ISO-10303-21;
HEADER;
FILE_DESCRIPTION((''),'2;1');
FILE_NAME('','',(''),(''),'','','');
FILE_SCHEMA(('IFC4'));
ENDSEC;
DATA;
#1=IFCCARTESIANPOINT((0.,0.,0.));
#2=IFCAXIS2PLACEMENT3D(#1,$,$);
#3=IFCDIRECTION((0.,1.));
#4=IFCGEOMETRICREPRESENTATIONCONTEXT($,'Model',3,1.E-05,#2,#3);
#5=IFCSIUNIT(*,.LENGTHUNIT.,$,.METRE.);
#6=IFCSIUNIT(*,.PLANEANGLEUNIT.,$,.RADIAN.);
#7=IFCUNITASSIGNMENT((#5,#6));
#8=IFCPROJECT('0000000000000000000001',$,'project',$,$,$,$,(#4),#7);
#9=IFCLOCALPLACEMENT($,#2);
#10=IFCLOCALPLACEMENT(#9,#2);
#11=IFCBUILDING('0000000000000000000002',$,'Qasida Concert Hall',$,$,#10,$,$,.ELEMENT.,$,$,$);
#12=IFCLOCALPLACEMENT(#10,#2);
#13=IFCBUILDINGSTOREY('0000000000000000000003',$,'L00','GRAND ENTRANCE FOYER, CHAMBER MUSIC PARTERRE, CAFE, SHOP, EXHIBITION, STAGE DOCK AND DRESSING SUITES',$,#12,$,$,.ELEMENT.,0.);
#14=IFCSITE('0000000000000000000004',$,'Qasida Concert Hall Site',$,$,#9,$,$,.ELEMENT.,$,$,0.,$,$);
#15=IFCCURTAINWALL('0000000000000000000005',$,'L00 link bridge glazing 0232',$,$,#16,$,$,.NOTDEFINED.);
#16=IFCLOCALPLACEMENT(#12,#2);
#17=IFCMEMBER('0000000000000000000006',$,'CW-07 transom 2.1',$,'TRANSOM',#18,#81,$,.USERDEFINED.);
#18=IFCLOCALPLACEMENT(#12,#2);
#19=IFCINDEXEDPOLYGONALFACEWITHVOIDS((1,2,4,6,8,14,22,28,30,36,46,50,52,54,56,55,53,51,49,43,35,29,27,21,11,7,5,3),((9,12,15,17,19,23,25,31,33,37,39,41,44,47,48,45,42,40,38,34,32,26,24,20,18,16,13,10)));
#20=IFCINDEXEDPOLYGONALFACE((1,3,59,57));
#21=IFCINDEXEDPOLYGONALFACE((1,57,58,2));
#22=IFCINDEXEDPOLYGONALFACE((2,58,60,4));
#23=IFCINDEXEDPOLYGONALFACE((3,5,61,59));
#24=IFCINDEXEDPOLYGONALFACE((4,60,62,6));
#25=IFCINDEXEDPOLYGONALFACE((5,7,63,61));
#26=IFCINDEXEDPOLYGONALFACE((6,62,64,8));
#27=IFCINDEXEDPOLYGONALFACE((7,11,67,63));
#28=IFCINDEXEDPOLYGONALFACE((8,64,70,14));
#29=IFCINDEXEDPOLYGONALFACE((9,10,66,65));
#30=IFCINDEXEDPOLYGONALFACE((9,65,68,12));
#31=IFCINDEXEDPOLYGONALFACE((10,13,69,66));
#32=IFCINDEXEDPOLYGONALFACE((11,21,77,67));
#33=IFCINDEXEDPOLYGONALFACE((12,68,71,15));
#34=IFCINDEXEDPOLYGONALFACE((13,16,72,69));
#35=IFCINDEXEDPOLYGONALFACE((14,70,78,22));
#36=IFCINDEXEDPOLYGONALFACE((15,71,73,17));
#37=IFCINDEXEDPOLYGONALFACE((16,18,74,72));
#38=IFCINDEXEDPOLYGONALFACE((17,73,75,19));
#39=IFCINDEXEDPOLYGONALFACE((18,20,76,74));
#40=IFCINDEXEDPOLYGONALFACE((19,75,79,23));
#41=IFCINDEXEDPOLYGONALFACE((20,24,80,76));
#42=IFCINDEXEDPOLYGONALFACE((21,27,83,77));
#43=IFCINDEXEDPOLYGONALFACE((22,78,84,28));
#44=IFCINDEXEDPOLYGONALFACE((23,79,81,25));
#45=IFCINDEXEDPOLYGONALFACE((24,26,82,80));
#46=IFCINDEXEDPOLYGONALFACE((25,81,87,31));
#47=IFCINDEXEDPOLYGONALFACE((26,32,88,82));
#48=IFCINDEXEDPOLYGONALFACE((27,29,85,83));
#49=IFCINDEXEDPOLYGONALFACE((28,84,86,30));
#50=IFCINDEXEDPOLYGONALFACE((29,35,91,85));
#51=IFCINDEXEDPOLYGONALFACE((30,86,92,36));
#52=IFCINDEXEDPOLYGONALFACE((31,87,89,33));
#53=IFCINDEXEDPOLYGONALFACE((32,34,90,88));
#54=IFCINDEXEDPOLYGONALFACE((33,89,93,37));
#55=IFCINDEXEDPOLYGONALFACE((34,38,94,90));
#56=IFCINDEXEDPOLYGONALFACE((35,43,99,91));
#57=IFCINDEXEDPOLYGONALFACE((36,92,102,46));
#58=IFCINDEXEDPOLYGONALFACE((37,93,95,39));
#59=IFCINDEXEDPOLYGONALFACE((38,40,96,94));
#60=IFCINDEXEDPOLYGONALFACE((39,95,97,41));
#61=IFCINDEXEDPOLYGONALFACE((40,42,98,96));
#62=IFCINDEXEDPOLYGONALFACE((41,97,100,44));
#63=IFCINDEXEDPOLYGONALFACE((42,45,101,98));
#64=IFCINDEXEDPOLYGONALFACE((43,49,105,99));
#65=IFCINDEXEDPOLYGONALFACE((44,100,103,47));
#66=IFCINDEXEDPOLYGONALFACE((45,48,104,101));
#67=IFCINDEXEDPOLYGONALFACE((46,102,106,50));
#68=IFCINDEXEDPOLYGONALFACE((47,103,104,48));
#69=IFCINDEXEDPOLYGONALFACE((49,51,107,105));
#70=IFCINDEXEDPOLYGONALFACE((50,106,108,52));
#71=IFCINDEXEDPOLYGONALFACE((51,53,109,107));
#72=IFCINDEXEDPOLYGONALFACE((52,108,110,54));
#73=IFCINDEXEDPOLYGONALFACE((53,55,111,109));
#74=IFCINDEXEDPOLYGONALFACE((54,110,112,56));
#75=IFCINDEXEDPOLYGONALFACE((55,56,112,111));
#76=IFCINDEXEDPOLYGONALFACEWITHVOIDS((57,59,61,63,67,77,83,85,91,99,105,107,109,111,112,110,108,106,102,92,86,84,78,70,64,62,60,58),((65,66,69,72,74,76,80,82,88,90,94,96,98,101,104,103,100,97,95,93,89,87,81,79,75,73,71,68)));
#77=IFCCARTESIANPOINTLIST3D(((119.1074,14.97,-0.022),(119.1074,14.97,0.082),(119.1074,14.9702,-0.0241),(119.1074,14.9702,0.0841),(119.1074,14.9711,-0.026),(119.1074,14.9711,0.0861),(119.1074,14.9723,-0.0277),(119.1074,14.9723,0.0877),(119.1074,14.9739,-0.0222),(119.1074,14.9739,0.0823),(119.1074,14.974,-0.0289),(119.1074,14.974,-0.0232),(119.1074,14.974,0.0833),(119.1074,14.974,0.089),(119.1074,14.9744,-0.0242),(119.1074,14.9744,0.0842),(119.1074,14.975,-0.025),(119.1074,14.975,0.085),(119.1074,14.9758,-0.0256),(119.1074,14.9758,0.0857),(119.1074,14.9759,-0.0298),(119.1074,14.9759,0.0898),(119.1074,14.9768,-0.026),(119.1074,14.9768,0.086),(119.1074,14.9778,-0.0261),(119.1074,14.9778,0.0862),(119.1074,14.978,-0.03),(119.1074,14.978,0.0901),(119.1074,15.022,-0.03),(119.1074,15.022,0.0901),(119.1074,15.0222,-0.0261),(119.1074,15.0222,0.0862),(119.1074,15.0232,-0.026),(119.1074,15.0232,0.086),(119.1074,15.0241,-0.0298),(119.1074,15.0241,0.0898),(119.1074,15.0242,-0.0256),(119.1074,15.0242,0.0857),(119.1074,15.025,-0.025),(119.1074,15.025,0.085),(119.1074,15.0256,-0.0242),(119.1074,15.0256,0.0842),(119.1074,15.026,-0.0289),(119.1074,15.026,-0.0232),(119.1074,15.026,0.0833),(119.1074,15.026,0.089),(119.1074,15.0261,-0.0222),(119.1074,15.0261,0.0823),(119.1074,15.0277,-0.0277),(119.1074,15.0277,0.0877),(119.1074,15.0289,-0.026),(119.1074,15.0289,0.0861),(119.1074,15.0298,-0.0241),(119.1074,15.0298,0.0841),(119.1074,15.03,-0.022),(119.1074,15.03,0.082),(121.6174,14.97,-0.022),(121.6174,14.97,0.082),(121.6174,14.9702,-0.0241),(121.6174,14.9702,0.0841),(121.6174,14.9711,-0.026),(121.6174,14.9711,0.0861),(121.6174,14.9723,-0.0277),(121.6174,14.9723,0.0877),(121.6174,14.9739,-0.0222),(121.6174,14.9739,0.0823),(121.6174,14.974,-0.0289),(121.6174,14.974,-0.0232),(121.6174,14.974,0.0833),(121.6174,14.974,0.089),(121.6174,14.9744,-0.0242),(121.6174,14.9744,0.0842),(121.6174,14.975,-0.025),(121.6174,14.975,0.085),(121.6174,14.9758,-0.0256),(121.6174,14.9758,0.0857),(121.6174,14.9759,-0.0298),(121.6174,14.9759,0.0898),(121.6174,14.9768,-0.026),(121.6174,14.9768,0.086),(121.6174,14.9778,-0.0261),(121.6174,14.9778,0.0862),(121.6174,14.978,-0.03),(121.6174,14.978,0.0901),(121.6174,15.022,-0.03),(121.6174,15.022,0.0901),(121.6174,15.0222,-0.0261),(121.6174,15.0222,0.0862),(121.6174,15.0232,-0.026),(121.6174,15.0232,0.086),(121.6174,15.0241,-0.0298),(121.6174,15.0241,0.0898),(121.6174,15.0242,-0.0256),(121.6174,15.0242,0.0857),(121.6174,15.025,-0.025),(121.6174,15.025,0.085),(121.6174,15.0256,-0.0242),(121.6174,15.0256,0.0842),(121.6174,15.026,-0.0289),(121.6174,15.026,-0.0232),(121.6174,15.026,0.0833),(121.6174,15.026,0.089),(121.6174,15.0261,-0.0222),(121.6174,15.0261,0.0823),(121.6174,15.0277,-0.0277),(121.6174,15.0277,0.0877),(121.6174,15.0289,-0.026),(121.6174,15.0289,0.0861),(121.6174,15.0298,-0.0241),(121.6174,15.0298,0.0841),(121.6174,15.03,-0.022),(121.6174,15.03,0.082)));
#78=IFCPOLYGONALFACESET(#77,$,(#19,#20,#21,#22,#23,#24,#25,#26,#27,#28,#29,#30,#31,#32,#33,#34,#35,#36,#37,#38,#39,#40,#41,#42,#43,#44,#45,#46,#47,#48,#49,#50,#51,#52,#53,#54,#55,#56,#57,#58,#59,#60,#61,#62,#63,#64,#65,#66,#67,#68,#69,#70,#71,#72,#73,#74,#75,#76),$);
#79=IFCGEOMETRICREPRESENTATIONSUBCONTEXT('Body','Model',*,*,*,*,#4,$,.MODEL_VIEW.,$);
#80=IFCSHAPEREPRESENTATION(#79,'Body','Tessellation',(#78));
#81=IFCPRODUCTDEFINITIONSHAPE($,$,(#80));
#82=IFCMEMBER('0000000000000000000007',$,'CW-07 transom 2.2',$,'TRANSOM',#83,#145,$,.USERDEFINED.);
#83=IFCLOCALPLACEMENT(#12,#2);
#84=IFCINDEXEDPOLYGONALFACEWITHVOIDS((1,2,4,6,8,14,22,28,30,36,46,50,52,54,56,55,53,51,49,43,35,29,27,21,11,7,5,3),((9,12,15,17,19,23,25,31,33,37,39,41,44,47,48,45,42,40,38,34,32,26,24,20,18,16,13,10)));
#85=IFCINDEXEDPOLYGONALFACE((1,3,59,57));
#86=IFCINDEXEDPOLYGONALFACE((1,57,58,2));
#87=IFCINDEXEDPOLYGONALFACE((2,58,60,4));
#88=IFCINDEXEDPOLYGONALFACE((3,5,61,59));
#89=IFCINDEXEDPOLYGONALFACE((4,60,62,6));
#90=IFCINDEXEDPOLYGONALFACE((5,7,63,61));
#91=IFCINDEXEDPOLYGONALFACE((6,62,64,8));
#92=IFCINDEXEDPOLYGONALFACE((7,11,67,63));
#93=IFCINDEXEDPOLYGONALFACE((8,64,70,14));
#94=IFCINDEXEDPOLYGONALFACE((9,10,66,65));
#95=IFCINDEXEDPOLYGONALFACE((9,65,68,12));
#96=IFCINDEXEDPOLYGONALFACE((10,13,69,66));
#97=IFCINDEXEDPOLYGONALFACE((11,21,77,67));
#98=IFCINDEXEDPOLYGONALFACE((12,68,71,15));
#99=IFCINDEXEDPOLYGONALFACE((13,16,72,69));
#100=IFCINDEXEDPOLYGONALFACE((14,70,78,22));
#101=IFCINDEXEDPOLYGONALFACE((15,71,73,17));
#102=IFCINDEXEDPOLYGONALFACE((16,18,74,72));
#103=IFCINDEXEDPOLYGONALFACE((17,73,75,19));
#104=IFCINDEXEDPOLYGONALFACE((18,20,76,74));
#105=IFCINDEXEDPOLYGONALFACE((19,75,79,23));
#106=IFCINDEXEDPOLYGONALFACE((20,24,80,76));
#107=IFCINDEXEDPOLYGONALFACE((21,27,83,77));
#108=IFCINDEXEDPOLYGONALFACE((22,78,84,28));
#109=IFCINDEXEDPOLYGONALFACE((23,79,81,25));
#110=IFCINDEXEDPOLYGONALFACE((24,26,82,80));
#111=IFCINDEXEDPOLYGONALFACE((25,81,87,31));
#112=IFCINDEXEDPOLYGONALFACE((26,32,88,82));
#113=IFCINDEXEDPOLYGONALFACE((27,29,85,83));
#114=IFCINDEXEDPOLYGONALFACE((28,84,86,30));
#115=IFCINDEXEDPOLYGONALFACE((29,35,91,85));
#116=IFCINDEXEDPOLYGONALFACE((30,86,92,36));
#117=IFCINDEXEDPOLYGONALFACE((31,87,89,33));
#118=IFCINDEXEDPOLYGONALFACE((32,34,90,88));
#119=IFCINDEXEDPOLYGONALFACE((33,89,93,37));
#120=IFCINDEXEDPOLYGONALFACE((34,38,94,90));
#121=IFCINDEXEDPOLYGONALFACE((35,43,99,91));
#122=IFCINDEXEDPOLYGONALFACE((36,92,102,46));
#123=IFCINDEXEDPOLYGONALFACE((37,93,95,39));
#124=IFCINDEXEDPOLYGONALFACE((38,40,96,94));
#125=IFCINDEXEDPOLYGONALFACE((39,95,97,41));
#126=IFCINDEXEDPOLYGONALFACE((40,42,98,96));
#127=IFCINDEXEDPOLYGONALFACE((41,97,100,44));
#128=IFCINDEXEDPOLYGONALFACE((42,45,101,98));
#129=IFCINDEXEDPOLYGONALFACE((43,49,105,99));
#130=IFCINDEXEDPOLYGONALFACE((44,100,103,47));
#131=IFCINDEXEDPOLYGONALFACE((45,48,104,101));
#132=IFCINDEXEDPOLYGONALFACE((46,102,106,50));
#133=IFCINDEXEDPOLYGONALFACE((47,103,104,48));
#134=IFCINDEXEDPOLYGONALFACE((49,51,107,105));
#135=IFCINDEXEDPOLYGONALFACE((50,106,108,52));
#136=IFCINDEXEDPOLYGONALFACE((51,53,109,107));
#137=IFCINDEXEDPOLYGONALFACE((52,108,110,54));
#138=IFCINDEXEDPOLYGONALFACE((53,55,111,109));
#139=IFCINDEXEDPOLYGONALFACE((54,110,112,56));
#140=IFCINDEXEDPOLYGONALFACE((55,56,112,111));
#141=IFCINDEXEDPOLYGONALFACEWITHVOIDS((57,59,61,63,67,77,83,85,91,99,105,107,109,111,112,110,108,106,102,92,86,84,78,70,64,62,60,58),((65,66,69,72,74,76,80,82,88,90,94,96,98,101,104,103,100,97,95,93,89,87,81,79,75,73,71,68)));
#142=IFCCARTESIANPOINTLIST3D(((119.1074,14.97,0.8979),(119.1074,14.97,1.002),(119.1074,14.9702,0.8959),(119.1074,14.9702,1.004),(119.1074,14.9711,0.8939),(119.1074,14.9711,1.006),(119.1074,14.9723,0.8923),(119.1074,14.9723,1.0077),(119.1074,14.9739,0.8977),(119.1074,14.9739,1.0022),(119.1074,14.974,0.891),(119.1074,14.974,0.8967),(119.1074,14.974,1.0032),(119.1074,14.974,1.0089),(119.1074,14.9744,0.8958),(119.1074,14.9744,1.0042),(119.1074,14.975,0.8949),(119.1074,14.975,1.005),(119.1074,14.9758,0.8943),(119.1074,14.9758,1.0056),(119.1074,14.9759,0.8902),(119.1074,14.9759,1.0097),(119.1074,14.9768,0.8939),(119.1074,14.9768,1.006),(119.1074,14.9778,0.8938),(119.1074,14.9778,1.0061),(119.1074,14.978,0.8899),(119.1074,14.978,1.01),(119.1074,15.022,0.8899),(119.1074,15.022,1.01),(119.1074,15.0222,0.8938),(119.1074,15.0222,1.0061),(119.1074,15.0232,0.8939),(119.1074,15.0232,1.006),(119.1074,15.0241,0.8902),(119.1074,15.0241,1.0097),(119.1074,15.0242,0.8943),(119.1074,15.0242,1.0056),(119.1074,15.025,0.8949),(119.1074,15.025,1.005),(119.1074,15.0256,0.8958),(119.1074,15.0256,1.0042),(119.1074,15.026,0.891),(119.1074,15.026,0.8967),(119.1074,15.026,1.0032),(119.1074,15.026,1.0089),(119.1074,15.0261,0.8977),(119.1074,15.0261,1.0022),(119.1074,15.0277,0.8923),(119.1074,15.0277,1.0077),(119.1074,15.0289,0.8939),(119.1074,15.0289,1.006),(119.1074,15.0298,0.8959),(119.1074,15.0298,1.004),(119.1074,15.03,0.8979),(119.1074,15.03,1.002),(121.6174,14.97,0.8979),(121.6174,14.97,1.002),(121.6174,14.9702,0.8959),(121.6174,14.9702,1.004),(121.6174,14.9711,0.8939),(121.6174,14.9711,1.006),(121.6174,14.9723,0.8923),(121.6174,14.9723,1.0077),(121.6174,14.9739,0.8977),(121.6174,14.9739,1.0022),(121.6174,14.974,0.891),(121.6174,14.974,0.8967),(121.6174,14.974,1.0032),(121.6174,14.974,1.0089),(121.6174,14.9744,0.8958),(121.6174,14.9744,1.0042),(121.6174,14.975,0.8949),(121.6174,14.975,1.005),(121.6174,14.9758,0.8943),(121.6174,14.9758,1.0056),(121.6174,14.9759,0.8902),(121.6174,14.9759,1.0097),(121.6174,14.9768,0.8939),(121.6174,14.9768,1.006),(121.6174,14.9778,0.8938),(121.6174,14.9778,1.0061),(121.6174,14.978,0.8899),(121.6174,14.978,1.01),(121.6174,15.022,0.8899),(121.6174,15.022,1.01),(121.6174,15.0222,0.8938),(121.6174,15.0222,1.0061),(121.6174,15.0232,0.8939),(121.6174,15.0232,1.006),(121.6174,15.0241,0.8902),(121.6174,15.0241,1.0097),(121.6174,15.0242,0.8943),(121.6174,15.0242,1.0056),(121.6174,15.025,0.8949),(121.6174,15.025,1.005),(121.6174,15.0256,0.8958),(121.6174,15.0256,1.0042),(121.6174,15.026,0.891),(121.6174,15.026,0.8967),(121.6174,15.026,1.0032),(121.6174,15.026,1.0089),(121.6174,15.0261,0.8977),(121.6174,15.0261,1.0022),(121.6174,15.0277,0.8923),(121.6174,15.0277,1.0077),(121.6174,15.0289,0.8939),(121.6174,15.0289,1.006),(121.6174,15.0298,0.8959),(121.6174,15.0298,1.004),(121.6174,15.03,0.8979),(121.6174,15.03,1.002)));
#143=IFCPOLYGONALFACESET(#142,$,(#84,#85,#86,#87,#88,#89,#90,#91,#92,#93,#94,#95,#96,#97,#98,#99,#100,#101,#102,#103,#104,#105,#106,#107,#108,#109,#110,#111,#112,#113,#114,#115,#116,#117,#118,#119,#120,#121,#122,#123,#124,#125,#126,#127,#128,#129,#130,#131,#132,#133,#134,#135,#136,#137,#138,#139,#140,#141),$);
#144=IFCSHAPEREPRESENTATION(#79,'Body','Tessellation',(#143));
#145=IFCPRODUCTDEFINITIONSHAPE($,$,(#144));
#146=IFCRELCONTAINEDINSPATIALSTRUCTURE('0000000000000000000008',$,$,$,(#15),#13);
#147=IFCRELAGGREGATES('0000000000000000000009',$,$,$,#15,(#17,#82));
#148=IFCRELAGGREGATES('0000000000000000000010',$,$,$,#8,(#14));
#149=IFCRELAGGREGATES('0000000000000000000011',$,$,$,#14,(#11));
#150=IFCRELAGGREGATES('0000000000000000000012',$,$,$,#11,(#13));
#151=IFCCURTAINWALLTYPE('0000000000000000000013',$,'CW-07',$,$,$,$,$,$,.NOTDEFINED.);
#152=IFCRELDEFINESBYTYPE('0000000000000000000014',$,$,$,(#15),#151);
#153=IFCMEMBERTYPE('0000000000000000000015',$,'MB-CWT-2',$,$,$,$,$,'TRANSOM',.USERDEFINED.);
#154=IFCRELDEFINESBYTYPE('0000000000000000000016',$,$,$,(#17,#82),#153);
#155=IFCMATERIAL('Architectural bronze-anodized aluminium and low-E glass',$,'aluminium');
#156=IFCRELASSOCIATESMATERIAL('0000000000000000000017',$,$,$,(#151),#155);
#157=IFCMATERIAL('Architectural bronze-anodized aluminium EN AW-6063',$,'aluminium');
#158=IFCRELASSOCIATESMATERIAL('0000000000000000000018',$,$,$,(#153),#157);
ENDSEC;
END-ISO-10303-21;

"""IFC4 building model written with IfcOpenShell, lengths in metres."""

from ifc_helpers import new_model, si_unit, direction, frame, origin, origin_2d, place, context, subcontext, project, spatial, hollow_rectangle, extrude, material, material_profile, profile_set, type_object, element, aggregate, save


model = new_model("IFC4")

# Units and contexts
model_context = context("Model", 3, precision=1e-05, world=origin(), true_north=direction((0.0, 1.0)))
body_context = subcontext(model_context, "Body", "Model", "MODEL_VIEW")
ifc_project = project(units=[si_unit("LENGTHUNIT", "METRE"), si_unit("PLANEANGLEUNIT", "RADIAN")], contexts=[model_context])

# Site, building, storey
site_placement = place(None, origin())
site = spatial("IfcSite", under=ifc_project, at=site_placement, Name="Qasida Concert Hall Site", CompositionType="ELEMENT", RefElevation=0.0)
building_placement = place(site_placement, origin())
building = spatial("IfcBuilding", under=site, at=building_placement, Name="Qasida Concert Hall", CompositionType="ELEMENT")
storey_placement = place(building_placement, origin())
storey = spatial("IfcBuildingStorey", under=building, at=storey_placement, Name="L00", Description="GRAND ENTRANCE FOYER, CHAMBER MUSIC PARTERRE, CAFE, SHOP, EXHIBITION, STAGE DOCK AND DRESSING SUITES", CompositionType="ELEMENT", Elevation=0.0)

# Curtain wall
ifc_material_1 = material(Name="Architectural bronze-anodized aluminium and low-E glass", Category="aluminium")
curtain_wall_type = type_object("IfcCurtainWallType", Name="CW-07", PredefinedType="NOTDEFINED", material=ifc_material_1)
ifc_material_2 = material(Name="Architectural bronze-anodized aluminium EN AW-6063", Category="aluminium")
curtain_wall_1_placement = place(storey_placement, origin())
curtain_wall_1 = element("IfcCurtainWall", 1, at=curtain_wall_1_placement, inside=storey, type_object=curtain_wall_type, Name="L00 link bridge glazing 0232", PredefinedType="NOTDEFINED")

# Members
ifc_material_profile_1 = material_profile(ifc_material_2, hollow_rectangle(XDim=0.0601, YDim=0.1201, WallThickness=0.0039, InnerFilletRadius=0.0039, OuterFilletRadius=0.0081, at=origin_2d()), Name="CWT 120x60x4")
ifc_profile_set_1 = profile_set([ifc_material_profile_1], Name="Architectural bronze-anodized aluminium EN AW-6063")
member_type_1 = type_object("IfcMemberType", Name="MB-CWT-2", ElementType="TRANSOM", PredefinedType="USERDEFINED", material=ifc_profile_set_1)
member_1_placement = place(storey_placement, frame((119.1074, 15.0, 0.03), z_axis=(1.0, 0.0, 0.0), x_axis=(0.0, 1.0, 0.0)))
member_1 = element("IfcMember", 2, at=member_1_placement, type_object=member_type_1, Name="CW-07 transom 2.1", ObjectType="TRANSOM", PredefinedType="USERDEFINED", context=body_context, shape_type="SweptSolid", body=[
    extrude(hollow_rectangle(XDim=0.0601, YDim=0.1201, WallThickness=0.0039, InnerFilletRadius=0.0039, OuterFilletRadius=0.0081, at=origin_2d()), origin(), (0.0, 0.0, 1.0), 2.51),
])
member_2_placement = place(storey_placement, frame((119.1074, 15.0, 0.95), z_axis=(1.0, 0.0, 0.0), x_axis=(0.0, 1.0, 0.0)))
member_2 = element("IfcMember", 3, at=member_2_placement, type_object=member_type_1, Name="CW-07 transom 2.2", ObjectType="TRANSOM", PredefinedType="USERDEFINED", context=body_context, shape_type="SweptSolid", body=[
    extrude(hollow_rectangle(XDim=0.0601, YDim=0.1201, WallThickness=0.0039, InnerFilletRadius=0.0039, OuterFilletRadius=0.0081, at=origin_2d()), origin(), (0.0, 0.0, 1.0), 2.51),
])

aggregate(curtain_wall_1, [member_1, member_2])

save(model, "model.ifc")
